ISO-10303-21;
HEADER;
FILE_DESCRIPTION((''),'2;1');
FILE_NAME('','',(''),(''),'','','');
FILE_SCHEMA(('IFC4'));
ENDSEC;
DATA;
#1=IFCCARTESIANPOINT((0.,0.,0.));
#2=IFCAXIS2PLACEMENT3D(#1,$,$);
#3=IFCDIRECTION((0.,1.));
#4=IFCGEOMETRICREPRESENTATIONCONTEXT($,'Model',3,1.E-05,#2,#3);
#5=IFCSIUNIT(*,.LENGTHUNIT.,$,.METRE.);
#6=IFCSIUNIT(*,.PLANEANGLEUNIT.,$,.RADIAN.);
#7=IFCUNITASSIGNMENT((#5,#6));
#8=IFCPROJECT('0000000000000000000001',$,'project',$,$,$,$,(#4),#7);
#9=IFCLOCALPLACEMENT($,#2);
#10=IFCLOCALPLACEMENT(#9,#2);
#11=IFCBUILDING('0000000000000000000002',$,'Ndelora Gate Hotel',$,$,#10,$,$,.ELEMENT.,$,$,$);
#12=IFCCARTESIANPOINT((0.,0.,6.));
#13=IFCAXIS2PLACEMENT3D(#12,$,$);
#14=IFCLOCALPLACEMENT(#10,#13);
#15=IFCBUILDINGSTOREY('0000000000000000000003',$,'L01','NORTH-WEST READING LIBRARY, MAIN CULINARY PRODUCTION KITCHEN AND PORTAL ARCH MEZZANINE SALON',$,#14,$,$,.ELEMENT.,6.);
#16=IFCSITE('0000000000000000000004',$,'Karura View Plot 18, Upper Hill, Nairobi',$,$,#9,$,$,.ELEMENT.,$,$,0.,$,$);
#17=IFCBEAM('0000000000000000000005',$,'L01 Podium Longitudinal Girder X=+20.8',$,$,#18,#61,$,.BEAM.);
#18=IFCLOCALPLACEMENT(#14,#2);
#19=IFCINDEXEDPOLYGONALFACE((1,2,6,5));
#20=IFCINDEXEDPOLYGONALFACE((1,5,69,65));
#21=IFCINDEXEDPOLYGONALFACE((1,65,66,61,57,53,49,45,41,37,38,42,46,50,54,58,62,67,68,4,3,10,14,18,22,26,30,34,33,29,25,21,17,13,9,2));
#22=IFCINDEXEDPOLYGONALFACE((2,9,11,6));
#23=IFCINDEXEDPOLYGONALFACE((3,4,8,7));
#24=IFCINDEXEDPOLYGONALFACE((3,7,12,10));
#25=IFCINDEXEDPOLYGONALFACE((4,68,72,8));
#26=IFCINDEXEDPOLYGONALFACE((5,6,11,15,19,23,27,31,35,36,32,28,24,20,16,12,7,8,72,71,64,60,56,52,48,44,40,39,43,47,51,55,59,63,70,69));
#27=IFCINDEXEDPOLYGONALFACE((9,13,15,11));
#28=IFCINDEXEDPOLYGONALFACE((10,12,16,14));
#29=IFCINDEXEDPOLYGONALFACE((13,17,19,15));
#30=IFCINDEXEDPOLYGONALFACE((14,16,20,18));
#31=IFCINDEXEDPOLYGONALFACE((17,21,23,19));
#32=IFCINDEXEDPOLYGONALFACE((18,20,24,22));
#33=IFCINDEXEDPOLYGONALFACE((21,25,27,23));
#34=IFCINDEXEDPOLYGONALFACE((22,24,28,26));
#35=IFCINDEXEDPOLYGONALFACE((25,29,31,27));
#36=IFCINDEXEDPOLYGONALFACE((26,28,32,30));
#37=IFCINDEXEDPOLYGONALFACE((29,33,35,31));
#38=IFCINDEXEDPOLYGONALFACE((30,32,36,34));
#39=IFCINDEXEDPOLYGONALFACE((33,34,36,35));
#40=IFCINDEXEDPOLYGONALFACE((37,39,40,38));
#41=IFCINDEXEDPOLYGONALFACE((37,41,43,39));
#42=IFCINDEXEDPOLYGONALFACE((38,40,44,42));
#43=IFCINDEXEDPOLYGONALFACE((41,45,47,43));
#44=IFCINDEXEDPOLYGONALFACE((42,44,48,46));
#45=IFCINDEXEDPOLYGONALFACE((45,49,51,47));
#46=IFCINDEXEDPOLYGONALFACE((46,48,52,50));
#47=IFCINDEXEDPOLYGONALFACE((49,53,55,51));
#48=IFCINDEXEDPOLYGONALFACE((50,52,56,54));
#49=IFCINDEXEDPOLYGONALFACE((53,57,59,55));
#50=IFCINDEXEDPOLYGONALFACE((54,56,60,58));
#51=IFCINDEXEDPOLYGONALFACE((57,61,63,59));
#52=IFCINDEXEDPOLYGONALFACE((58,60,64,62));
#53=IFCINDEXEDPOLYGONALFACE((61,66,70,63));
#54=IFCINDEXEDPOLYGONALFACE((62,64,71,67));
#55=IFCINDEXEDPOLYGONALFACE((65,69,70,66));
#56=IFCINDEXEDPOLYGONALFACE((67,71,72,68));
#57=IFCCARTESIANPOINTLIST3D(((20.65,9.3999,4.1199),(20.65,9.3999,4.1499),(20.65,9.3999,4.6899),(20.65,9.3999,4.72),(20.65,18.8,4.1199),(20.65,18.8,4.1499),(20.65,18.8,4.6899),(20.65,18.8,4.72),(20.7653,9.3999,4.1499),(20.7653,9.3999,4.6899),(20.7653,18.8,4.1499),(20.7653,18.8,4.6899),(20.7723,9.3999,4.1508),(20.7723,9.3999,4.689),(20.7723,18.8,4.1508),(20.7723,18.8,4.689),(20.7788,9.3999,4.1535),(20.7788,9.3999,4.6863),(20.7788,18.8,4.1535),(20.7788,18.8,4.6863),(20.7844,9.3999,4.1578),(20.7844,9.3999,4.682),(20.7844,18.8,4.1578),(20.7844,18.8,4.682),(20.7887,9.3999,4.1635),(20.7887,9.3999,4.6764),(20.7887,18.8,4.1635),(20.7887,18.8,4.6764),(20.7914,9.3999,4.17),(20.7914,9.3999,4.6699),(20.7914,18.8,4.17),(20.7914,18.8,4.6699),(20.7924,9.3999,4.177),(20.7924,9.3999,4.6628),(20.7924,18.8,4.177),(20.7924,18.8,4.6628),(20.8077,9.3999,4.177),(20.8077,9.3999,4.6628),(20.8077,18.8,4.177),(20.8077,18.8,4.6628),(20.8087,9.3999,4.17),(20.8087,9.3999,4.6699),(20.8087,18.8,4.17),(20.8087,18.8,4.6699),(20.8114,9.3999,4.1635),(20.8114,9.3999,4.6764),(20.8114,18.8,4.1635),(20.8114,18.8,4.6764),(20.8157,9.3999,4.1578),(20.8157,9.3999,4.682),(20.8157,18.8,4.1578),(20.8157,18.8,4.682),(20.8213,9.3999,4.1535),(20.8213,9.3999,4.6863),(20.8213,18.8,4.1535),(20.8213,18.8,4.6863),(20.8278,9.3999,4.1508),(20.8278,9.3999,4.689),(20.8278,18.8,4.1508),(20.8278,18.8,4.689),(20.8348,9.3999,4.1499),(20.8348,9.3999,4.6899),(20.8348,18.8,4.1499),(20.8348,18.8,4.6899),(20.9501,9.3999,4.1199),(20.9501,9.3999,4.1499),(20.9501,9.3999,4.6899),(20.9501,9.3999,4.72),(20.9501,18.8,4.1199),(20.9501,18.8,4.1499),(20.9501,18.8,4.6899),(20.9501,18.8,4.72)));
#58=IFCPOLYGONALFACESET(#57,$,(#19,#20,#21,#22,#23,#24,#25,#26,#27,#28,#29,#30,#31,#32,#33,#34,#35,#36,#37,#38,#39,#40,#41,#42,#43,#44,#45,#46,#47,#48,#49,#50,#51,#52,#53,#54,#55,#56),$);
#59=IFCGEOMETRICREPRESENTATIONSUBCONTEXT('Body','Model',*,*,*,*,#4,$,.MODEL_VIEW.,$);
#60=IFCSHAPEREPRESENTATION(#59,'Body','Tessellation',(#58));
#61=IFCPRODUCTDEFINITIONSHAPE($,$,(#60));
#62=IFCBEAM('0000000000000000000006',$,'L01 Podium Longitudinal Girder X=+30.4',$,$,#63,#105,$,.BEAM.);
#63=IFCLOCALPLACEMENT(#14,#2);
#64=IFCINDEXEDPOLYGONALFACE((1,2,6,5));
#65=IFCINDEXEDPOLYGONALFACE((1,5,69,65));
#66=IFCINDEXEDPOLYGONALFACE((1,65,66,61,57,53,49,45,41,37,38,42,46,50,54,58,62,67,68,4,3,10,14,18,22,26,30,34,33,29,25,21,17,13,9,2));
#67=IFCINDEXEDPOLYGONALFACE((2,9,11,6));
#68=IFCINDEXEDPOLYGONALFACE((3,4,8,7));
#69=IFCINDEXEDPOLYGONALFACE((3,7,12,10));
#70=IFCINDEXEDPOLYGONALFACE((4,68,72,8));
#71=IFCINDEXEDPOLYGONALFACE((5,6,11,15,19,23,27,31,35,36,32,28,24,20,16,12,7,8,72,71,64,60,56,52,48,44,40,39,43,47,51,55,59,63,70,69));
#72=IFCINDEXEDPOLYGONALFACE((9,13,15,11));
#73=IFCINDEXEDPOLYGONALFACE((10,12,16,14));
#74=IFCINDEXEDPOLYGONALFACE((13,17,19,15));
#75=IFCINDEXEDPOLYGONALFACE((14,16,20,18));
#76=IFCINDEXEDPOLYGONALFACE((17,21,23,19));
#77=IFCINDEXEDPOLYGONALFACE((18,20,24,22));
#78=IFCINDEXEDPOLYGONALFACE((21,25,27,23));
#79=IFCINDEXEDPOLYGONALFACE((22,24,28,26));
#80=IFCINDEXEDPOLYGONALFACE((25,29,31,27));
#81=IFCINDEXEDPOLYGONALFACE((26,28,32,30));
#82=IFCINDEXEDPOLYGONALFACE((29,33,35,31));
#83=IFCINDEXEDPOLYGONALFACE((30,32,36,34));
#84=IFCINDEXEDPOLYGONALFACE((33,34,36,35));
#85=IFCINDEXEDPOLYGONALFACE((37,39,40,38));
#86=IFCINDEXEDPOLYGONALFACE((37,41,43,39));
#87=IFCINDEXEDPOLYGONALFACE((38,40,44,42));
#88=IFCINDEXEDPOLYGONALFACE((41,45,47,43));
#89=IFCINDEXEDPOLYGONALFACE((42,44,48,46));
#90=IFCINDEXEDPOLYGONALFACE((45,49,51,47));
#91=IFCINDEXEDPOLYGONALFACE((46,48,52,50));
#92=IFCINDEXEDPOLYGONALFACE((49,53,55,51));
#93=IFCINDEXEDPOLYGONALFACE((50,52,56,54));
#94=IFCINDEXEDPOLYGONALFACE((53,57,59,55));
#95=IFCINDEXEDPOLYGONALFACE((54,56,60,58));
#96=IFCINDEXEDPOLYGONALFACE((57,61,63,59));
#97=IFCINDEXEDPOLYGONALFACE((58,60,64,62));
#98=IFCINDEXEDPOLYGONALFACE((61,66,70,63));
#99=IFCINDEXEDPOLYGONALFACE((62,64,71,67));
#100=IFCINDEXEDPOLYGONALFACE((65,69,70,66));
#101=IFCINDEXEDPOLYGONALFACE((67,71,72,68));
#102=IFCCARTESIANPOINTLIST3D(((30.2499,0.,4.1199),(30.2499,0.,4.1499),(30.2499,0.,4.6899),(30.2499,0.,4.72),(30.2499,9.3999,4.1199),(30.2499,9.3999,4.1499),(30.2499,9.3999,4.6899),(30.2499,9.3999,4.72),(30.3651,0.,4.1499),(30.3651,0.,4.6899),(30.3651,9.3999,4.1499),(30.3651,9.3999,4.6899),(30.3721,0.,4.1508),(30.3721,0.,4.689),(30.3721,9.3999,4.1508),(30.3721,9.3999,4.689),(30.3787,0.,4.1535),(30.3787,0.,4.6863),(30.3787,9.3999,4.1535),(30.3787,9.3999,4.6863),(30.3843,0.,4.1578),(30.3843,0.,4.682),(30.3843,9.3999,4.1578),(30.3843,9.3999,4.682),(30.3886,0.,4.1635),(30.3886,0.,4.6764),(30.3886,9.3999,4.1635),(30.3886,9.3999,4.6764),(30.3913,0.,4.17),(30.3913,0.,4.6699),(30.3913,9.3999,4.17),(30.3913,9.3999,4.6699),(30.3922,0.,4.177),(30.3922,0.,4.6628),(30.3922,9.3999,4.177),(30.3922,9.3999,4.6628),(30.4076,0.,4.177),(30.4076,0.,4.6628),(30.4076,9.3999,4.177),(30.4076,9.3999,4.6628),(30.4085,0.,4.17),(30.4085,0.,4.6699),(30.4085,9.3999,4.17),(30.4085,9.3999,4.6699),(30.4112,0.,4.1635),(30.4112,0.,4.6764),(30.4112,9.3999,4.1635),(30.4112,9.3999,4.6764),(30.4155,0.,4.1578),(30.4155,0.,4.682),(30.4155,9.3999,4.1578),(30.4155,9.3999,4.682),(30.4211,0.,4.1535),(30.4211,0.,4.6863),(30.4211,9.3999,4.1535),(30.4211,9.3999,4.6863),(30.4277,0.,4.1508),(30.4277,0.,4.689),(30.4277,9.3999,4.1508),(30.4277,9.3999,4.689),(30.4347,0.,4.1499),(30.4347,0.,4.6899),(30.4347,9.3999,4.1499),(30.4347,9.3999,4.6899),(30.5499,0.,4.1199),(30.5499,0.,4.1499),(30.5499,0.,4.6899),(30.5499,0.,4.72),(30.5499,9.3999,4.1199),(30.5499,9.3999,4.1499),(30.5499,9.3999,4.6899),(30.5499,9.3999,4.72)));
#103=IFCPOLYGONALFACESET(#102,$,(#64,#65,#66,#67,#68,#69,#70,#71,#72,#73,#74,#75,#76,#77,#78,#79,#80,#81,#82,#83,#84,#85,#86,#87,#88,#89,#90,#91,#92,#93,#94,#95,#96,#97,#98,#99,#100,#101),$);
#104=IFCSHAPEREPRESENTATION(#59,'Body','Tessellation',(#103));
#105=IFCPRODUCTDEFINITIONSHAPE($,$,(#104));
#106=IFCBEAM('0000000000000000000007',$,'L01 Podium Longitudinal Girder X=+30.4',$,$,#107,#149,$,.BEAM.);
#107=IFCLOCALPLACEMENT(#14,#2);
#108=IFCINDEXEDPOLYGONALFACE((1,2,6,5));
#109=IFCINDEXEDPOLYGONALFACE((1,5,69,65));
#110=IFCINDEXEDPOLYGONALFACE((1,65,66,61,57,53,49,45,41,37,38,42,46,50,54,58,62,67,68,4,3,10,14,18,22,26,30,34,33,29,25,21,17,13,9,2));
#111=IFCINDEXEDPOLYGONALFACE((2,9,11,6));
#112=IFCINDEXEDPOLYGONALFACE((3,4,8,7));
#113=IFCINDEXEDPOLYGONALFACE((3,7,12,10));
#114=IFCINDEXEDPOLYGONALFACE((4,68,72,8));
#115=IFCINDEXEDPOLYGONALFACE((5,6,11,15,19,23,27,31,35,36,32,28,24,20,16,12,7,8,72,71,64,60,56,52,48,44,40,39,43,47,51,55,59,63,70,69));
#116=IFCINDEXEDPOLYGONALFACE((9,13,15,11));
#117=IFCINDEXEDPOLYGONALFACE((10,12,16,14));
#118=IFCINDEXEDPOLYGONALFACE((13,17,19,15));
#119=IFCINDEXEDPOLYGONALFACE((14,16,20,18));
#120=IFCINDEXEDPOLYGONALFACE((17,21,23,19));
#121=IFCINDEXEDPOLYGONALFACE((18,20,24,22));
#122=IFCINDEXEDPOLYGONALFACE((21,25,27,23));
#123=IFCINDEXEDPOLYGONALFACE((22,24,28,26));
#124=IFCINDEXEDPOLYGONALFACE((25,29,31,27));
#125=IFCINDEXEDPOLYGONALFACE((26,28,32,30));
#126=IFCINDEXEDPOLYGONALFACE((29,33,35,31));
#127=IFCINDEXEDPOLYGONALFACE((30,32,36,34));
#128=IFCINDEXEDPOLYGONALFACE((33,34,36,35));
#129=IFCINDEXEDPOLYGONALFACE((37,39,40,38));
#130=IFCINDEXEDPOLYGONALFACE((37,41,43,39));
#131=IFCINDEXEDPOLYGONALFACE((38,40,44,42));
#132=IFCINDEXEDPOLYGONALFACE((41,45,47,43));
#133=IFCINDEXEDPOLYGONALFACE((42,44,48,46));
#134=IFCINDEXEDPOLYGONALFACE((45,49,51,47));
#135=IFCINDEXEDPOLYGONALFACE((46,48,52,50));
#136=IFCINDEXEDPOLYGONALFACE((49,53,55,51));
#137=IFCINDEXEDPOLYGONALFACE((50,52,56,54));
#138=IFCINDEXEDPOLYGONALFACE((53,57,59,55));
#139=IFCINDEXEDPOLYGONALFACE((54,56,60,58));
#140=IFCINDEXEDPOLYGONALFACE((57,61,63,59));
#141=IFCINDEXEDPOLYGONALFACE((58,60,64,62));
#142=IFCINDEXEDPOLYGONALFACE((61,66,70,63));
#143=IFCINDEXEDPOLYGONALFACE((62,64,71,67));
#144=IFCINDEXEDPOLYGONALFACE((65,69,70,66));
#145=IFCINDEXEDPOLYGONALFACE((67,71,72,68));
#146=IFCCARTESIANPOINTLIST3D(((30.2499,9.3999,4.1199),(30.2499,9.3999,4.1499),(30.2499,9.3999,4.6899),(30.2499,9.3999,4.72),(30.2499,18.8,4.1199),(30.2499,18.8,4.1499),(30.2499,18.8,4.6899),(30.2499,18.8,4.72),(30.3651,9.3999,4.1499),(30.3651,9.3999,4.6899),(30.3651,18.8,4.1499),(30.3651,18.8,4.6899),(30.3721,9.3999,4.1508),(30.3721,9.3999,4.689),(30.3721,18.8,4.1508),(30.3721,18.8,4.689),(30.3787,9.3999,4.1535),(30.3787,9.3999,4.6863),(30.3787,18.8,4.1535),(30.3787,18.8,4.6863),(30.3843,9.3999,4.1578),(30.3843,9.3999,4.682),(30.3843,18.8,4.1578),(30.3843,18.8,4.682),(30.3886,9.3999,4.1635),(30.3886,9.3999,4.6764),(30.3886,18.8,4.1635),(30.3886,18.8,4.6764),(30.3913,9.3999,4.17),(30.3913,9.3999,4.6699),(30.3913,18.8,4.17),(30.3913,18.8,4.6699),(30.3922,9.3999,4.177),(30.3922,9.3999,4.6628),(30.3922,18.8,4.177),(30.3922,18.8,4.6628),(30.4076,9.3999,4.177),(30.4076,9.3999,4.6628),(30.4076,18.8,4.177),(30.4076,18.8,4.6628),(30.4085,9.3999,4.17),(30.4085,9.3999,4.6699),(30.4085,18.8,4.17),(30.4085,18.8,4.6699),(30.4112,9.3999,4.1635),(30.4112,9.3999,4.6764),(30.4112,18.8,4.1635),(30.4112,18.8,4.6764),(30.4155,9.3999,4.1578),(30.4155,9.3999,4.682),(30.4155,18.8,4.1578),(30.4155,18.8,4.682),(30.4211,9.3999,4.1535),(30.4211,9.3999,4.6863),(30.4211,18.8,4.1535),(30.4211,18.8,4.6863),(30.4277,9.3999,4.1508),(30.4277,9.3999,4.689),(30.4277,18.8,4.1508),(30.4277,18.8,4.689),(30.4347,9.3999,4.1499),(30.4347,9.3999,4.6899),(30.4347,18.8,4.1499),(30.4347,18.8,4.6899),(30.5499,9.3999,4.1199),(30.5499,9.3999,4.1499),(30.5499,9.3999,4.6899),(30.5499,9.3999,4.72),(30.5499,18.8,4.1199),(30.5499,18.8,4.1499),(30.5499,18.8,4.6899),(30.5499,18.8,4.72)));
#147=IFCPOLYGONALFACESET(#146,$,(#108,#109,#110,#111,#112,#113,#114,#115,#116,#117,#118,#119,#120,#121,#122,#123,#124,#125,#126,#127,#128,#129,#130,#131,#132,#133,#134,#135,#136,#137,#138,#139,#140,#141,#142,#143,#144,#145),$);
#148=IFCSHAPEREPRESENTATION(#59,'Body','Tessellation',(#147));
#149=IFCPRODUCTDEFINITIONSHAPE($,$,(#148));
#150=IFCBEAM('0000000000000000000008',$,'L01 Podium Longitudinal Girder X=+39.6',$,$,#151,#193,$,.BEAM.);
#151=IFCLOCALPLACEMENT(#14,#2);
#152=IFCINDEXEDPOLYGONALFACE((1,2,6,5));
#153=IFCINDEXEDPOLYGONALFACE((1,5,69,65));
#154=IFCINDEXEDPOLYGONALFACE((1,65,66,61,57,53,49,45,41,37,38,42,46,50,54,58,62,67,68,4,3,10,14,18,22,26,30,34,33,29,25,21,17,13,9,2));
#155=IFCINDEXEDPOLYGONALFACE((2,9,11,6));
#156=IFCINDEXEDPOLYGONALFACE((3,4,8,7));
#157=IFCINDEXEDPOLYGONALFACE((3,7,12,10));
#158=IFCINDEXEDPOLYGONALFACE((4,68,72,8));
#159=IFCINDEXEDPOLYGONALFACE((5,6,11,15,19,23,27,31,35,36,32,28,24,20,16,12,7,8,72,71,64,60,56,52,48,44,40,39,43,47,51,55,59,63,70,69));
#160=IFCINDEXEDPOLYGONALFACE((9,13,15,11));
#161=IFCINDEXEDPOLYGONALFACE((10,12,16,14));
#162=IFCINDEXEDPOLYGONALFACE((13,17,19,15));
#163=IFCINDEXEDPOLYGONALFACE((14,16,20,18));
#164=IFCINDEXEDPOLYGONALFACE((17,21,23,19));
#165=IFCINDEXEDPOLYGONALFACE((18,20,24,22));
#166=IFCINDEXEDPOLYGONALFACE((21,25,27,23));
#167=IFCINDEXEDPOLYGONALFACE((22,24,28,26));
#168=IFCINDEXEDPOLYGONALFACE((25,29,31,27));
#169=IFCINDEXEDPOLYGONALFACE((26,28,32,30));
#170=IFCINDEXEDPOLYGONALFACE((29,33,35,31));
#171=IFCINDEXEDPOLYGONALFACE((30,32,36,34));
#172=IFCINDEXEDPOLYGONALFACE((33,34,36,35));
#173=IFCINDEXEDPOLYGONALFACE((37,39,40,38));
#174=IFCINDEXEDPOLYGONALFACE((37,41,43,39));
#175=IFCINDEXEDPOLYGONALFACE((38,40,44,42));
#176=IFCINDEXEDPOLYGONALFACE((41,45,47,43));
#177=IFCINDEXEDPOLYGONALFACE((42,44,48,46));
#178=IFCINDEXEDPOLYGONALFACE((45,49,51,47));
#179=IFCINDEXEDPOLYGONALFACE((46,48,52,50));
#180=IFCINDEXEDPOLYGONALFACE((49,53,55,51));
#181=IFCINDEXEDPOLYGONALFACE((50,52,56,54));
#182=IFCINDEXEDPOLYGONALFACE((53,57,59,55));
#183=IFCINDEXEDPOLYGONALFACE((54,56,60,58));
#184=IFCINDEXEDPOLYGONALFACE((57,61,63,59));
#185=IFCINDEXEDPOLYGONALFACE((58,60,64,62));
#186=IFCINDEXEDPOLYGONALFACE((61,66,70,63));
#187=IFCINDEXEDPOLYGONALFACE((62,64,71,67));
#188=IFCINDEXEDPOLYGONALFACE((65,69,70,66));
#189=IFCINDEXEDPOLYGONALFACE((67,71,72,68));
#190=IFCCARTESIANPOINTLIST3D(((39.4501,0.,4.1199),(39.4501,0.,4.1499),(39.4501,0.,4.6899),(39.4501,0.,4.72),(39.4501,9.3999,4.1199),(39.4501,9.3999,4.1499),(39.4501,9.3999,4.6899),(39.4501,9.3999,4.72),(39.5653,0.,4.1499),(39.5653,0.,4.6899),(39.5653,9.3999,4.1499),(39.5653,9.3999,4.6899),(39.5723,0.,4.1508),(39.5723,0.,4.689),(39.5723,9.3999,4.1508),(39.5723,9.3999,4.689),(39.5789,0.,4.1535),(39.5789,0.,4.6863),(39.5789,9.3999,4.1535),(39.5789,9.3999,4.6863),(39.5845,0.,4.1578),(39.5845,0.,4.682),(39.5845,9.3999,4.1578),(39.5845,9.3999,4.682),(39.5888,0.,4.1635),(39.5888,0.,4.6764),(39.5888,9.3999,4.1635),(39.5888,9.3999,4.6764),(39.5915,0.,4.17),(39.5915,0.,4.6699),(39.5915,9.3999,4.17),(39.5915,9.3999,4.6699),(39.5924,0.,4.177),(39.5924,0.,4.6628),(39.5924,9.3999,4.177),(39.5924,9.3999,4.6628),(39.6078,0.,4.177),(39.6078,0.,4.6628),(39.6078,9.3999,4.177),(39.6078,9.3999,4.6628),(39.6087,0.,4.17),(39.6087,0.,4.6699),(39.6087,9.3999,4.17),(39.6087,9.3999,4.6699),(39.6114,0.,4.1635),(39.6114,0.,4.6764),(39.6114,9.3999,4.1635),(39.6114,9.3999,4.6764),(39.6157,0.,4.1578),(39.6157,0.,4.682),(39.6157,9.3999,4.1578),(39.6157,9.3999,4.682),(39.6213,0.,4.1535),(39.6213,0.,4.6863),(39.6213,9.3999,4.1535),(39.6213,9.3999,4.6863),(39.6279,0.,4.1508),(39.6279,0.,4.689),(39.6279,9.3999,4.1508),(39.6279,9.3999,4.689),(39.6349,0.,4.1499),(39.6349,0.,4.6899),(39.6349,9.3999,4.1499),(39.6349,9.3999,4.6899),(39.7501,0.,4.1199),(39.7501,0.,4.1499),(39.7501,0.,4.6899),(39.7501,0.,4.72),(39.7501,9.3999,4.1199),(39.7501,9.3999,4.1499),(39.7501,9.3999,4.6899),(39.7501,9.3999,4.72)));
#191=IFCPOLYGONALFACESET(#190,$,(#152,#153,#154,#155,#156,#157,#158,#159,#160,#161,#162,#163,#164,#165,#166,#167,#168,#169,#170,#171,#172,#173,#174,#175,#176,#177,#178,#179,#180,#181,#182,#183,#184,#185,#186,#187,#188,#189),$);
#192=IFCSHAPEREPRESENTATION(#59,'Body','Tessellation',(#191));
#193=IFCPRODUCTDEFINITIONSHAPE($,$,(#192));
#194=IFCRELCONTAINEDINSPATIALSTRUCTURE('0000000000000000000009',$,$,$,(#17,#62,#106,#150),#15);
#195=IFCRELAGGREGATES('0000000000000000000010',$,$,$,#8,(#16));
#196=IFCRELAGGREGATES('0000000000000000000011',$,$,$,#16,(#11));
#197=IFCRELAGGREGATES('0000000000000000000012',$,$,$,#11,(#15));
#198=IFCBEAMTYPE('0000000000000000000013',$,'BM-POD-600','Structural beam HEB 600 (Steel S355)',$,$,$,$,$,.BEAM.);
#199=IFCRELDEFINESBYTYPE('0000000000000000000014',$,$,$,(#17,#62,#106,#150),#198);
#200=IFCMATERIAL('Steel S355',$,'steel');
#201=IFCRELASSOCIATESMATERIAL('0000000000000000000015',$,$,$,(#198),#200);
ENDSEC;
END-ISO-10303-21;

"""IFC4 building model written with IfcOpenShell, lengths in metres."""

from ifc_helpers import new_model, si_unit, direction, frame, origin, origin_2d, place, context, subcontext, project, spatial, i_section, extrude, material, material_profile, profile_set, type_object, element, save


model = new_model("IFC4")

# Units and contexts
model_context = context("Model", 3, precision=1e-05, world=origin(), true_north=direction((0.0, 1.0)))
body_context = subcontext(model_context, "Body", "Model", "MODEL_VIEW")
ifc_project = project(units=[si_unit("LENGTHUNIT", "METRE"), si_unit("PLANEANGLEUNIT", "RADIAN")], contexts=[model_context])

# Site, building, storey
site_placement = place(None, origin())
site = spatial("IfcSite", under=ifc_project, at=site_placement, Name="Karura View Plot 18, Upper Hill, Nairobi", CompositionType="ELEMENT", RefElevation=0.0)
building_placement = place(site_placement, origin())
building = spatial("IfcBuilding", under=site, at=building_placement, Name="Ndelora Gate Hotel", CompositionType="ELEMENT")
storey_placement = place(building_placement, frame((0.0, 0.0, 6.0)))
storey = spatial("IfcBuildingStorey", under=building, at=storey_placement, Name="L01", Description="NORTH-WEST READING LIBRARY, MAIN CULINARY PRODUCTION KITCHEN AND PORTAL ARCH MEZZANINE SALON", CompositionType="ELEMENT", Elevation=6.0)

# Beams
ifc_material_1 = material(Name="Steel S355", Category="steel")
ifc_material_profile_1 = material_profile(ifc_material_1, i_section(OverallWidth=0.3, OverallDepth=0.6001, WebThickness=0.0154, FlangeThickness=0.03, FilletRadius=0.0271, at=origin_2d()), Name="HEB 600")
ifc_profile_set_1 = profile_set([ifc_material_profile_1], Name="Steel S355")
beam_type_1 = type_object("IfcBeamType", Name="BM-POD-600", Description="Structural beam HEB 600 (Steel S355)", PredefinedType="BEAM", material=ifc_profile_set_1)
beam_1_placement = place(storey_placement, frame((20.8, 9.3999, 4.4199), z_axis=(0.0, 1.0, 0.0), x_axis=(-1.0, 0.0, 0.0)))
element("IfcBeam", 1, at=beam_1_placement, inside=storey, type_object=beam_type_1, Name="L01 Podium Longitudinal Girder X=+20.8", PredefinedType="BEAM", context=body_context, shape_type="SweptSolid", body=[
    extrude(i_section(OverallWidth=0.3, OverallDepth=0.6001, WebThickness=0.0154, FlangeThickness=0.03, FilletRadius=0.0271, at=origin_2d()), origin(), (0.0, 0.0, 1.0), 9.4001),
])
beam_2_placement = place(storey_placement, frame((30.3999, 0.0, 4.4199), z_axis=(0.0, 1.0, 0.0), x_axis=(-1.0, 0.0, 0.0)))
element("IfcBeam", 2, at=beam_2_placement, inside=storey, type_object=beam_type_1, Name="L01 Podium Longitudinal Girder X=+30.4", PredefinedType="BEAM", context=body_context, shape_type="SweptSolid", body=[
    extrude(i_section(OverallWidth=0.3, OverallDepth=0.6001, WebThickness=0.0154, FlangeThickness=0.03, FilletRadius=0.0271, at=origin_2d()), origin(), (0.0, 0.0, 1.0), 9.3999),
])
beam_3_placement = place(storey_placement, frame((30.3999, 9.3999, 4.4199), z_axis=(0.0, 1.0, 0.0), x_axis=(-1.0, 0.0, 0.0)))
element("IfcBeam", 3, at=beam_3_placement, inside=storey, type_object=beam_type_1, Name="L01 Podium Longitudinal Girder X=+30.4", PredefinedType="BEAM", context=body_context, shape_type="SweptSolid", body=[
    extrude(i_section(OverallWidth=0.3, OverallDepth=0.6001, WebThickness=0.0154, FlangeThickness=0.03, FilletRadius=0.0271, at=origin_2d()), origin(), (0.0, 0.0, 1.0), 9.4001),
])
beam_4_placement = place(storey_placement, frame((39.6001, 0.0, 4.4199), z_axis=(0.0, 1.0, 0.0), x_axis=(-1.0, 0.0, 0.0)))
element("IfcBeam", 4, at=beam_4_placement, inside=storey, type_object=beam_type_1, Name="L01 Podium Longitudinal Girder X=+39.6", PredefinedType="BEAM", context=body_context, shape_type="SweptSolid", body=[
    extrude(i_section(OverallWidth=0.3, OverallDepth=0.6001, WebThickness=0.0154, FlangeThickness=0.03, FilletRadius=0.0271, at=origin_2d()), origin(), (0.0, 0.0, 1.0), 9.3999),
])

save(model, "model.ifc")
